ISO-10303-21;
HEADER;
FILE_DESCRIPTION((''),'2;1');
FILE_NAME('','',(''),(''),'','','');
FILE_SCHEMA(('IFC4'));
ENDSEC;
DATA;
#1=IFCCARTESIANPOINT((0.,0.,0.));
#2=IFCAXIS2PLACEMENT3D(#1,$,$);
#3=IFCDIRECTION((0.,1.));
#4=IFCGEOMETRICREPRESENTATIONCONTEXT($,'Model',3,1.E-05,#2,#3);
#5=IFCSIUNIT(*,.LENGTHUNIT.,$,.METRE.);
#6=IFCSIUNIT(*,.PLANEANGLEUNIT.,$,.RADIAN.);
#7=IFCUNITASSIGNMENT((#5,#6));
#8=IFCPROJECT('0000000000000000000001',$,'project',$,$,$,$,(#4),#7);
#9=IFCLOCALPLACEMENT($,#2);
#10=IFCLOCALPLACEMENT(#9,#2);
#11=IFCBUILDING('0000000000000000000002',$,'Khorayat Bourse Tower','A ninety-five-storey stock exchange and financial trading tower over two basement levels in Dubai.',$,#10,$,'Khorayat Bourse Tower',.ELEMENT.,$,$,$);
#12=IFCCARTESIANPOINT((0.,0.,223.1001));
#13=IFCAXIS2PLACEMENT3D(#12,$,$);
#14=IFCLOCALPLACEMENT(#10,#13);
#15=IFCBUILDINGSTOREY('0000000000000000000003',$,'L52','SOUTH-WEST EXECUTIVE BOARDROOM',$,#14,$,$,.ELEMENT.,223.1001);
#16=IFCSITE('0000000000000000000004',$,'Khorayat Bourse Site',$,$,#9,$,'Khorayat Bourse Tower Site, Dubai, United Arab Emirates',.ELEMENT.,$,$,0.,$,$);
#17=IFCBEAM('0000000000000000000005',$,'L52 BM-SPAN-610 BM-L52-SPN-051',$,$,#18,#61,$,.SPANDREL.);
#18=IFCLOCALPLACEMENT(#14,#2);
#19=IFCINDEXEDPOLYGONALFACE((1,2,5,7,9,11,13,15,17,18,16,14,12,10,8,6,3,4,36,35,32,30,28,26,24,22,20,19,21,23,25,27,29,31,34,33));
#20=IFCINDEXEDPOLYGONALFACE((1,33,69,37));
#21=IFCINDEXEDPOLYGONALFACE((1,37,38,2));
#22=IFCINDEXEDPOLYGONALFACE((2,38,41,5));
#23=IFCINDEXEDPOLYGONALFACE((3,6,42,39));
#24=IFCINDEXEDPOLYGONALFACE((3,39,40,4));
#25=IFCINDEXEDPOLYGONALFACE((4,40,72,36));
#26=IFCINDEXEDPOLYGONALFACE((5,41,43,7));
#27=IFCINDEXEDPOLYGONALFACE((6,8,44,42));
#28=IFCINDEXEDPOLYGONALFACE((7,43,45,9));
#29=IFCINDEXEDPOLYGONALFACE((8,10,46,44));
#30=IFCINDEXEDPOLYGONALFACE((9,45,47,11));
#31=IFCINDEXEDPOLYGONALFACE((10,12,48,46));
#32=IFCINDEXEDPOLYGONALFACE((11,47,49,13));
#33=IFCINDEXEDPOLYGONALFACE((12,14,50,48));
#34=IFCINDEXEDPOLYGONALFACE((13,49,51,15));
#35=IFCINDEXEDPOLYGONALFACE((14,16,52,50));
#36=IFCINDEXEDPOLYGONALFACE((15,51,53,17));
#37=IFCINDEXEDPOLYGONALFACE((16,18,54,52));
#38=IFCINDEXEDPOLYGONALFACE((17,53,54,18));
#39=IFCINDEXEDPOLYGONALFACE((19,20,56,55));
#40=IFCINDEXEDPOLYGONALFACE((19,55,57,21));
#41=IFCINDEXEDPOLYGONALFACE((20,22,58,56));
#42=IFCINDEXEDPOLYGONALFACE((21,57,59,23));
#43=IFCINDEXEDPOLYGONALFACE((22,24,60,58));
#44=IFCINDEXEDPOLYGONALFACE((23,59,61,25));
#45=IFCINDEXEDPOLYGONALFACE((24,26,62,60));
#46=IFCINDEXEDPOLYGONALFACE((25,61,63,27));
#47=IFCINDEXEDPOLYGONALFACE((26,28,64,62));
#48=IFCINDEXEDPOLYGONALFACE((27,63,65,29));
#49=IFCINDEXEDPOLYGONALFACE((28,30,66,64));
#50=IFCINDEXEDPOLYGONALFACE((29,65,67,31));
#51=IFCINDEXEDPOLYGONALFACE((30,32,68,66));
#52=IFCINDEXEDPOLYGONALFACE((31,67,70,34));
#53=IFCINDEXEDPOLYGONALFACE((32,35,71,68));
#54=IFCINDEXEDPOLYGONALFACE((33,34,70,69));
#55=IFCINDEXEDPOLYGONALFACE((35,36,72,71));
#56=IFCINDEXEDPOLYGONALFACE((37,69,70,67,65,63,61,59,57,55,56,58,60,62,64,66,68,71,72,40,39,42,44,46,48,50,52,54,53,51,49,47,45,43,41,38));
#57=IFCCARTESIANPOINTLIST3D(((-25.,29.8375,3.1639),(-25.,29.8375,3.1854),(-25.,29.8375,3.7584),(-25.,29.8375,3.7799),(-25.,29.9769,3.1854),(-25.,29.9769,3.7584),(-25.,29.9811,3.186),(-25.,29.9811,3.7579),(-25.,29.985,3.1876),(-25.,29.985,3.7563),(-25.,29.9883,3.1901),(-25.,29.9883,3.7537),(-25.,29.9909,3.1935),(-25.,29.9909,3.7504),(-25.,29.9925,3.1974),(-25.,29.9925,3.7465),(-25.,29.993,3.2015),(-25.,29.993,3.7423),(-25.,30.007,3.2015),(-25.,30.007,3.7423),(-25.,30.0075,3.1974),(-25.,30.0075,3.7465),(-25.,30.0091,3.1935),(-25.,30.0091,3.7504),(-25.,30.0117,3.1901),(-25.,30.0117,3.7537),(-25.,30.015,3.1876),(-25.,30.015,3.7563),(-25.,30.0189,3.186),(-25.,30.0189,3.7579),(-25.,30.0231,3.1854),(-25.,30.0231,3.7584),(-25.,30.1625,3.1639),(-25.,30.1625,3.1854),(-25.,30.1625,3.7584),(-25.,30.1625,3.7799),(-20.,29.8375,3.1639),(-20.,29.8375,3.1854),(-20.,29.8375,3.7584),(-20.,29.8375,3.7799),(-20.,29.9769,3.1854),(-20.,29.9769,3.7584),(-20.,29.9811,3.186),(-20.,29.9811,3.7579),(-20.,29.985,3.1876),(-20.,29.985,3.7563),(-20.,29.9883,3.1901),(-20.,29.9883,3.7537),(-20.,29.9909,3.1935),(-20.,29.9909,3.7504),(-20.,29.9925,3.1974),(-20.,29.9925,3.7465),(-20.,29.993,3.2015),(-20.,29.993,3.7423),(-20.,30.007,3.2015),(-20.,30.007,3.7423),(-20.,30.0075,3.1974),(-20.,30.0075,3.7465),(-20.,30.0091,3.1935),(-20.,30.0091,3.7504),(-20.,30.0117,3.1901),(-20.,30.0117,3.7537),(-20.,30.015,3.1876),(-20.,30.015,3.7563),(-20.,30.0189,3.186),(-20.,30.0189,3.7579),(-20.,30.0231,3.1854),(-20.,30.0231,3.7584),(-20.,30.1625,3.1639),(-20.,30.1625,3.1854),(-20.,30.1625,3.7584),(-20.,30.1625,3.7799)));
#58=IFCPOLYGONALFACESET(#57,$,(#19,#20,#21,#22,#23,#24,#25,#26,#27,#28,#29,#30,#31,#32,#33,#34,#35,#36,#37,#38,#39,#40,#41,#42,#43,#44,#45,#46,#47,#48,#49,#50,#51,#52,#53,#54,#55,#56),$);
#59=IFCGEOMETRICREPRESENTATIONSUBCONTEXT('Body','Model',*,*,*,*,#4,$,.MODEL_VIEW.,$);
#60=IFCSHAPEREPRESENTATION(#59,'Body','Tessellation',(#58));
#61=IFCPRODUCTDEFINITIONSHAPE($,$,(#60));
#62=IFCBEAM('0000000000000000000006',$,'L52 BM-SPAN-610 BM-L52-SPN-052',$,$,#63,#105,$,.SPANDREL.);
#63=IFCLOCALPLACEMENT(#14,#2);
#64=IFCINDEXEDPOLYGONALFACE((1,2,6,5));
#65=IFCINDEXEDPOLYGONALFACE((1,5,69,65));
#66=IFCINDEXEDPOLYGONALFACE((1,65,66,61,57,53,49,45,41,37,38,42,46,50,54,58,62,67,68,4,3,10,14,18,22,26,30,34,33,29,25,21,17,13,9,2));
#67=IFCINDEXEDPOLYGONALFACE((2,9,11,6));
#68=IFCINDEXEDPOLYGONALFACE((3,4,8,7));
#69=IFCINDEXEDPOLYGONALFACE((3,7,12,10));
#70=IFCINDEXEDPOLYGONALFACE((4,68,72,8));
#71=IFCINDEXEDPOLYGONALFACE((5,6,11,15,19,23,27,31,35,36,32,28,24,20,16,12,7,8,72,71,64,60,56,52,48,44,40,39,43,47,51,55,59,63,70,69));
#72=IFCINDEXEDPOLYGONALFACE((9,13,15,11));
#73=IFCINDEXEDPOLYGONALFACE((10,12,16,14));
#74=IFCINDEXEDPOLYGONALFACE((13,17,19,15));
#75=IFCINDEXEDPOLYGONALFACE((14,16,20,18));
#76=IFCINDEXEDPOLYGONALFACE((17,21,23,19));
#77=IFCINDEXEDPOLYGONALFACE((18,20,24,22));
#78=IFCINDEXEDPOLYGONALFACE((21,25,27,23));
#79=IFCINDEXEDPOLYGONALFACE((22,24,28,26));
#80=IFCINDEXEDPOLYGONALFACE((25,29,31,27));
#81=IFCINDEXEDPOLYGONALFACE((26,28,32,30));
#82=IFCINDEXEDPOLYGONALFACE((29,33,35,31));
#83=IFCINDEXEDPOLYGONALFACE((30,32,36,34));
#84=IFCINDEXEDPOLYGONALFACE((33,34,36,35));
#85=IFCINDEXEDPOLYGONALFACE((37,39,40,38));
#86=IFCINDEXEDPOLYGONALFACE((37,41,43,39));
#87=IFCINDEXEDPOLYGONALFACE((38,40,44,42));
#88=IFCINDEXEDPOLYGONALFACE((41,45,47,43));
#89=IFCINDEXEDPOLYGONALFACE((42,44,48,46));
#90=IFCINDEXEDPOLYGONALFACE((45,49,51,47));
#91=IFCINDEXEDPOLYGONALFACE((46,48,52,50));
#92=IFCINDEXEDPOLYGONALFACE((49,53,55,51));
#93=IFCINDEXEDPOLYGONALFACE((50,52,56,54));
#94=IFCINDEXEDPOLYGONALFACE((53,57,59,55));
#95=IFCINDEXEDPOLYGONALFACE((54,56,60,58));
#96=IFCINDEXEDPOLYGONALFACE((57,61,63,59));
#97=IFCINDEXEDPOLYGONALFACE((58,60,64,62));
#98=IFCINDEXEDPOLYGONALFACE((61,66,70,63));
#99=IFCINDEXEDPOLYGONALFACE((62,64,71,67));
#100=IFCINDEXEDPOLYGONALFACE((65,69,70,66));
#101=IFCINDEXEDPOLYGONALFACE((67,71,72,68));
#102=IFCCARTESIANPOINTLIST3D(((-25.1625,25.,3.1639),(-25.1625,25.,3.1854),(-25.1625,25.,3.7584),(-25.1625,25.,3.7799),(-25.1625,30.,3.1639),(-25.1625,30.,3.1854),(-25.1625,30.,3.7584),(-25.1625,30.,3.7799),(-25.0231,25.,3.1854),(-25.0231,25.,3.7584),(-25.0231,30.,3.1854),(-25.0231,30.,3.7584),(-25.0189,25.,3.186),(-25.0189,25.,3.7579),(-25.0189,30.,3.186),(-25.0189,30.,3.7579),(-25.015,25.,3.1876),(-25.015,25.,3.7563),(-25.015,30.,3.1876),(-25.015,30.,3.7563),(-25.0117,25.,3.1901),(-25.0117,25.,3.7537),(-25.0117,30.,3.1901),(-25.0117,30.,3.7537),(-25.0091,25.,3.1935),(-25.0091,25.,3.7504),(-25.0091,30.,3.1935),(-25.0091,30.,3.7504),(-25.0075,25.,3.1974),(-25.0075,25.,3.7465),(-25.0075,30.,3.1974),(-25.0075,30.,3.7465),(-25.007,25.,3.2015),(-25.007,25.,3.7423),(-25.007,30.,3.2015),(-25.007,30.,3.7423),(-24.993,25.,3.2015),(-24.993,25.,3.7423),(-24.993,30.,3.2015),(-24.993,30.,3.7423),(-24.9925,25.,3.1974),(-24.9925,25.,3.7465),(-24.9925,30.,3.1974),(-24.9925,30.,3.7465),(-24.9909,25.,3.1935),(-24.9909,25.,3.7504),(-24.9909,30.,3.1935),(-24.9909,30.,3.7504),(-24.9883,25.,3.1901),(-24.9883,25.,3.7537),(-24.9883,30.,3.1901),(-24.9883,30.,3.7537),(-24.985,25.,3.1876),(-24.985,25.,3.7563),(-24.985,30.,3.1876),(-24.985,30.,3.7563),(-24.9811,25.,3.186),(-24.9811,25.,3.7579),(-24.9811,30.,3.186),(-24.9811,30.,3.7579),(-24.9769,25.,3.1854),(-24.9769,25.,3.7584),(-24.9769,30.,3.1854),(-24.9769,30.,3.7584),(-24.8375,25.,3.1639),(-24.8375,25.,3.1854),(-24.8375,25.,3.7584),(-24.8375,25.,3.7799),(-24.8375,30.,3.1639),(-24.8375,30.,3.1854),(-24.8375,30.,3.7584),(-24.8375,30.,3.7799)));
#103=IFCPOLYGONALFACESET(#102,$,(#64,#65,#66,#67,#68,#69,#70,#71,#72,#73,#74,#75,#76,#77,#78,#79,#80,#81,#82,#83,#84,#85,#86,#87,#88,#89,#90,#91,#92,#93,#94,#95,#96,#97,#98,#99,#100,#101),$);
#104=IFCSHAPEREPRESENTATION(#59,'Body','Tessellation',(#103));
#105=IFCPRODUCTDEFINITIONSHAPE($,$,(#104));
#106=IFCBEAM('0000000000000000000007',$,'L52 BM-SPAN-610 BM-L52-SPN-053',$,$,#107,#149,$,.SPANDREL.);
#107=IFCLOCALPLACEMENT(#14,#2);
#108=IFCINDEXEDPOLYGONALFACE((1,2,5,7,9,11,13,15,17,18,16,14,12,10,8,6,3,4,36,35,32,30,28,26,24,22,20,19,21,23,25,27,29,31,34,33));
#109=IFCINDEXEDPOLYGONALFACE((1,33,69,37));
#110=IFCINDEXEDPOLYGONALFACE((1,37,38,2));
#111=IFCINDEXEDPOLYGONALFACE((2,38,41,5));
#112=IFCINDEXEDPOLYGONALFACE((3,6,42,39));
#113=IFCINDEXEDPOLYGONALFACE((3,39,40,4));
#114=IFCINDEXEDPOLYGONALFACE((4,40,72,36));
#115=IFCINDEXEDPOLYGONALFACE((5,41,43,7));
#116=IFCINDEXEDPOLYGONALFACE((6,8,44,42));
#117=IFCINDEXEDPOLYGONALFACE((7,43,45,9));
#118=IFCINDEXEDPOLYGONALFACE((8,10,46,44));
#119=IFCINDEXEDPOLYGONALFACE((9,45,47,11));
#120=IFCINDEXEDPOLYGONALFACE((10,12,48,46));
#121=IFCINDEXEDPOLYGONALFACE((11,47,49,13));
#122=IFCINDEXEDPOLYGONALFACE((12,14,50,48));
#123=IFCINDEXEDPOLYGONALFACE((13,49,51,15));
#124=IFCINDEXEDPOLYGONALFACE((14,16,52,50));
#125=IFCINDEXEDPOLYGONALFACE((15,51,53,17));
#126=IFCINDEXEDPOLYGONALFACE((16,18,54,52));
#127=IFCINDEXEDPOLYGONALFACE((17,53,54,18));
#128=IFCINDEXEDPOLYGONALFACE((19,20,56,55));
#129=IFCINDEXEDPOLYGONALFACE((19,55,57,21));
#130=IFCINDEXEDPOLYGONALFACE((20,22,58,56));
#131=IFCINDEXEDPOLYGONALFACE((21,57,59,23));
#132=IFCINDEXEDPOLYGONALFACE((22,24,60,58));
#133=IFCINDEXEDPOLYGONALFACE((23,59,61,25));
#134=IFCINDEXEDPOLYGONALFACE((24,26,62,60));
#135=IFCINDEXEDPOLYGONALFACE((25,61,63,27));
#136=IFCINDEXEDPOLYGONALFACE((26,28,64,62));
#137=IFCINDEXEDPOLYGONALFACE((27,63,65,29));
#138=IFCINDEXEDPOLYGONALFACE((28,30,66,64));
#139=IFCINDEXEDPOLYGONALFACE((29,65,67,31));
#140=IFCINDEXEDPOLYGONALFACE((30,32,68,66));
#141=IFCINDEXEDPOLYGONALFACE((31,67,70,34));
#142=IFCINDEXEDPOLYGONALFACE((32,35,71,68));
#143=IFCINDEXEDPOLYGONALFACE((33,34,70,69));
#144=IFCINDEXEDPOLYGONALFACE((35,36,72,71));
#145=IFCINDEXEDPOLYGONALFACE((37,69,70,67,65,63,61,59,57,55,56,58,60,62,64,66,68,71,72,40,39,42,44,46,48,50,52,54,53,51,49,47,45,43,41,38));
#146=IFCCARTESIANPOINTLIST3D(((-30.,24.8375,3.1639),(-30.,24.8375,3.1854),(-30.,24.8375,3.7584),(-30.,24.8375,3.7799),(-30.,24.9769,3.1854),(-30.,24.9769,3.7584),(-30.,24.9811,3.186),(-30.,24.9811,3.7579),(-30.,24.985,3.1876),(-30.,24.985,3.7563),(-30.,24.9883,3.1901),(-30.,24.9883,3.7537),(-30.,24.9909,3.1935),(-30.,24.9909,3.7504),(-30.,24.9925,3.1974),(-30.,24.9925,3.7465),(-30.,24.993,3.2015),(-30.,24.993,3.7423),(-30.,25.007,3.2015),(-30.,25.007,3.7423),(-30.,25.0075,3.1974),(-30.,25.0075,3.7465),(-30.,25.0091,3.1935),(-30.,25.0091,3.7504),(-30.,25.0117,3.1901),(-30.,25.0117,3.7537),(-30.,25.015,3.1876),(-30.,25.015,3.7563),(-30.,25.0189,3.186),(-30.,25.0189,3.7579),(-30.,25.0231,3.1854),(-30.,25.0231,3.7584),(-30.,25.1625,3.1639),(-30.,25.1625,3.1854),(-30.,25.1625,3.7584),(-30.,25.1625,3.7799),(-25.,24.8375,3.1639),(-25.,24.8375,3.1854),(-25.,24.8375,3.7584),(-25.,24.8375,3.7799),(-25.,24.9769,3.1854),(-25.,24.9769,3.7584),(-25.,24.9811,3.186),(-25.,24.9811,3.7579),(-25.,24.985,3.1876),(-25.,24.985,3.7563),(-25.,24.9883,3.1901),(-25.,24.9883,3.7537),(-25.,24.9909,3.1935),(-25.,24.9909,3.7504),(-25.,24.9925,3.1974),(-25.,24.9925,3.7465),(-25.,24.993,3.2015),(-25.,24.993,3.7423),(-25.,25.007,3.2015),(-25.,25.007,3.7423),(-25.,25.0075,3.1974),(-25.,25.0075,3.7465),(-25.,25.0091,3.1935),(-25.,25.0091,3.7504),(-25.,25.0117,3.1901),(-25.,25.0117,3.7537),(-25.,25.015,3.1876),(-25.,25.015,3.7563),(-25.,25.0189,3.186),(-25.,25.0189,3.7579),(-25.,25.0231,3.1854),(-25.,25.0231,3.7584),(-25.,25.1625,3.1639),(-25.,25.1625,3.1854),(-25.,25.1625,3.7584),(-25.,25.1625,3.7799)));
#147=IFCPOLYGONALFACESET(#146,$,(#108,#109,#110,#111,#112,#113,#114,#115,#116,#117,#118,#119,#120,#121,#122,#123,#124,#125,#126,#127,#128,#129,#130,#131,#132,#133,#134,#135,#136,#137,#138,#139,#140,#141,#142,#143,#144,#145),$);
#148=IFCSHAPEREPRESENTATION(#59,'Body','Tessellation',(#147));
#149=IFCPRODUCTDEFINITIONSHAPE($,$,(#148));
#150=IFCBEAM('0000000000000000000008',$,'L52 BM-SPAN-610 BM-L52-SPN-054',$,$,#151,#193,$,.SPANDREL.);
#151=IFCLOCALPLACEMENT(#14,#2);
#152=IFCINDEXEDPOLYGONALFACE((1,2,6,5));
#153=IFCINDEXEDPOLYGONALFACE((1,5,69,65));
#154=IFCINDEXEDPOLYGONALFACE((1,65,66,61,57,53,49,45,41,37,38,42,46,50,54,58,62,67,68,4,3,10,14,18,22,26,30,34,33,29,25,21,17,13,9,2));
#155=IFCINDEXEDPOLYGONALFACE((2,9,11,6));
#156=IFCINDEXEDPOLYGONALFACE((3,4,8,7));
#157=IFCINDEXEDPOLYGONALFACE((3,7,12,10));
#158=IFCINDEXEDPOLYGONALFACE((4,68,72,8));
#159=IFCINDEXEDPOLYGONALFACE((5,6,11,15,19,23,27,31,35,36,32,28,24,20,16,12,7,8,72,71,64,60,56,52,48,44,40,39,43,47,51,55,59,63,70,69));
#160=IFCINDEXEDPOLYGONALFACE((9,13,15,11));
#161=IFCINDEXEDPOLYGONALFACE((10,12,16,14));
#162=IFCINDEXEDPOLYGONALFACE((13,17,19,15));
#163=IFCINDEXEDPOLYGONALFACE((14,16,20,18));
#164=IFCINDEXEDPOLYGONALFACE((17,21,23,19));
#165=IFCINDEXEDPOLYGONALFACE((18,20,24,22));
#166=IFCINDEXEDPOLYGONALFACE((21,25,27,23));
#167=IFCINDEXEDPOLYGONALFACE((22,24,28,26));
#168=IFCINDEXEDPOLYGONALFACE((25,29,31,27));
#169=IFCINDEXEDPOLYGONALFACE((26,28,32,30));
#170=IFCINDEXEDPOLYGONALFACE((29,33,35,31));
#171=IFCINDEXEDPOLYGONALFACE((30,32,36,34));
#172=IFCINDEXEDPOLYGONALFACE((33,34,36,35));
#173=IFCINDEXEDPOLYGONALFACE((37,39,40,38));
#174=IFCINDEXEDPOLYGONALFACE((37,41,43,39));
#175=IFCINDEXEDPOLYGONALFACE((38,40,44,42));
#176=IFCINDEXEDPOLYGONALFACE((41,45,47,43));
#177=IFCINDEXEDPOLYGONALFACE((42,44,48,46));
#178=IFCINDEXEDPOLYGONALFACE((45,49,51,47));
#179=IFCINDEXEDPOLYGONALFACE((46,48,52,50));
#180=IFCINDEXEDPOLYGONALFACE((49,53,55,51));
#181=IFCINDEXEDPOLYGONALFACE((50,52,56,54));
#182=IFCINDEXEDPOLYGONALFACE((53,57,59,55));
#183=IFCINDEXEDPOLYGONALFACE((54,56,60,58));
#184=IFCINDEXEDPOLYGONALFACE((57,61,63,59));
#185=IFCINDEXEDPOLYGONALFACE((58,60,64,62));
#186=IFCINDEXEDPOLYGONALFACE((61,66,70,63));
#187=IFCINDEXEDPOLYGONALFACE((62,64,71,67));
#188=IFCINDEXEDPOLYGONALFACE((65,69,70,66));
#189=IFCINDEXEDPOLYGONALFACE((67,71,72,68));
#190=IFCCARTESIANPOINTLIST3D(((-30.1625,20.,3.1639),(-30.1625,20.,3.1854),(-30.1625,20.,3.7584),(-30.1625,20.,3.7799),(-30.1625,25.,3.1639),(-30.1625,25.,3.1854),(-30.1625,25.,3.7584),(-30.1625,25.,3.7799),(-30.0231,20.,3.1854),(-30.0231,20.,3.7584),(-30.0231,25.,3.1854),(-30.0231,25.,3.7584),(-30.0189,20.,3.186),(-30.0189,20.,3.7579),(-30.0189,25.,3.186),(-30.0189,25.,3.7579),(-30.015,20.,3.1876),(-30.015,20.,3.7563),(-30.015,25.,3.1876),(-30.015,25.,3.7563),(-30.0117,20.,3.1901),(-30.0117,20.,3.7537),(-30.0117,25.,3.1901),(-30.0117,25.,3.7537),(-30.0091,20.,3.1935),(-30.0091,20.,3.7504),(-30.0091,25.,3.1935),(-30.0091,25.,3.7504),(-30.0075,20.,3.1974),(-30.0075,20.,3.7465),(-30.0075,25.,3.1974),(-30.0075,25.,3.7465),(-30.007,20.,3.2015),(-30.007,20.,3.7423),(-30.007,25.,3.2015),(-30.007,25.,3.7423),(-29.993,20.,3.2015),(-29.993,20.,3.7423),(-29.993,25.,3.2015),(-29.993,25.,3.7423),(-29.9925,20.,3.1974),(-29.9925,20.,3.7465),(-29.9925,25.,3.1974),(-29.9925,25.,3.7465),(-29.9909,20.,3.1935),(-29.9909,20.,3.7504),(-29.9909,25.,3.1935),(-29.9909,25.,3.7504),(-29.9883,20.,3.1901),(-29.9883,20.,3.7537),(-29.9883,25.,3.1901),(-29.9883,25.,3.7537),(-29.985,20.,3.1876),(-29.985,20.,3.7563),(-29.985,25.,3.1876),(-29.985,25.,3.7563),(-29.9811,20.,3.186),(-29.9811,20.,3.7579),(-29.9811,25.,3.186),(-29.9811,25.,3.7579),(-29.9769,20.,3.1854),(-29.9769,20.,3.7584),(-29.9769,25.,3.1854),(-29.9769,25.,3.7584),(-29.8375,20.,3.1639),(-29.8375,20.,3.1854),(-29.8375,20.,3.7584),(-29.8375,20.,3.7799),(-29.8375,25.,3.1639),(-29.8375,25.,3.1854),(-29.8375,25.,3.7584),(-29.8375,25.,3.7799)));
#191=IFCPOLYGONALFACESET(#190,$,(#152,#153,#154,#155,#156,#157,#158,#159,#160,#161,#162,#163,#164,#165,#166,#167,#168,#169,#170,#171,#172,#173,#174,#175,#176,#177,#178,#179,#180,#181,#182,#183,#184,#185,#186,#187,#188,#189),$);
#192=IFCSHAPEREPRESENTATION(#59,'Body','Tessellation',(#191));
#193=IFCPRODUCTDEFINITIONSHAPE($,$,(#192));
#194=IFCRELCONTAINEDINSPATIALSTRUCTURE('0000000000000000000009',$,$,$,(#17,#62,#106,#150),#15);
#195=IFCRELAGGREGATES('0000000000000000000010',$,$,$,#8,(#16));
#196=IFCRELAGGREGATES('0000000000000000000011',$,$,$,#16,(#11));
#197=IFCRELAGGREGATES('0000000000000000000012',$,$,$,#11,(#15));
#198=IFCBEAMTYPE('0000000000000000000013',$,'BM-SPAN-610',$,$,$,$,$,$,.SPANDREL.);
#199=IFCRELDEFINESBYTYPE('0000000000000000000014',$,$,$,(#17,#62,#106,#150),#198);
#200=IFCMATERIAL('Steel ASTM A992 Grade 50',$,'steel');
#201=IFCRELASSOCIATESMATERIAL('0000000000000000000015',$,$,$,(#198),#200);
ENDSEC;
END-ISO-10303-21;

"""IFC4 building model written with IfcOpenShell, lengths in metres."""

from ifc_helpers import new_model, si_unit, direction, frame, origin, origin_2d, place, context, subcontext, project, spatial, i_section, extrude, source, transform, mapped, material, material_profile, profile_set, type_object, element, save


model = new_model("IFC4")

# Units and contexts
model_context = context("Model", 3, precision=1e-05, world=origin(), true_north=direction((0.0, 1.0)))
body_context = subcontext(model_context, "Body", "Model", "MODEL_VIEW")
ifc_project = project(units=[si_unit("LENGTHUNIT", "METRE"), si_unit("PLANEANGLEUNIT", "RADIAN")], contexts=[model_context])

# Site, building, storey
site_placement = place(None, origin())
site = spatial("IfcSite", under=ifc_project, at=site_placement, Name="Khorayat Bourse Site", LongName="Khorayat Bourse Tower Site, Dubai, United Arab Emirates", CompositionType="ELEMENT", RefElevation=0.0)
building_placement = place(site_placement, origin())
building = spatial("IfcBuilding", under=site, at=building_placement, Name="Khorayat Bourse Tower", Description="A ninety-five-storey stock exchange and financial trading tower over two basement levels in Dubai.", LongName="Khorayat Bourse Tower", CompositionType="ELEMENT")
storey_placement = place(building_placement, frame((0.0, 0.0, 223.1001)))
storey = spatial("IfcBuildingStorey", under=building, at=storey_placement, Name="L52", Description="SOUTH-WEST EXECUTIVE BOARDROOM", CompositionType="ELEMENT", Elevation=223.1001)

# Beams
ifc_material_1 = material(Name="Steel ASTM A992 Grade 50", Category="steel")
ifc_material_profile_1 = material_profile(ifc_material_1, i_section(OverallWidth=0.325, OverallDepth=0.616, WebThickness=0.0139, FlangeThickness=0.0215, FilletRadius=0.0161, at=origin_2d()), Name="W610X174")
ifc_profile_set_1 = profile_set([ifc_material_profile_1], Name="Steel ASTM A992 Grade 50")
beam_type_1 = type_object("IfcBeamType", Name="BM-SPAN-610", PredefinedType="SPANDREL", material=ifc_profile_set_1)
shared_shape_1 = source(origin(), body_context, "Body", "SweptSolid", [
    extrude(i_section(OverallWidth=0.325, OverallDepth=0.616, WebThickness=0.0139, FlangeThickness=0.0215, FilletRadius=0.0161, at=origin_2d()), origin(), (0.0, 0.0, 1.0), 5.0),
])
for number, where, z_axis, x_axis, name in (
    (1, (-25.0, 30.0, 3.4719), (1.0, 0.0, 0.0), (0.0, 1.0, 0.0), "L52 BM-SPAN-610 BM-L52-SPN-051"),
    (2, (-25.0, 25.0, 3.4719), (0.0, 1.0, 0.0), (-1.0, 0.0, 0.0), "L52 BM-SPAN-610 BM-L52-SPN-052"),
    (3, (-30.0, 25.0, 3.4719), (1.0, 0.0, 0.0), (0.0, 1.0, 0.0), "L52 BM-SPAN-610 BM-L52-SPN-053"),
    (4, (-30.0, 20.0, 3.4719), (0.0, 1.0, 0.0), (-1.0, 0.0, 0.0), "L52 BM-SPAN-610 BM-L52-SPN-054"),
):
    element("IfcBeam", number, at=place(storey_placement, frame(where, z_axis=z_axis, x_axis=x_axis)), inside=storey, type_object=beam_type_1, Name=name, PredefinedType="SPANDREL", context=body_context, shape_type="MappedRepresentation", body=[
        mapped(shared_shape_1, transform((0.0, 0.0, 0.0), scale=1.0)),
    ])

save(model, "model.ifc")
